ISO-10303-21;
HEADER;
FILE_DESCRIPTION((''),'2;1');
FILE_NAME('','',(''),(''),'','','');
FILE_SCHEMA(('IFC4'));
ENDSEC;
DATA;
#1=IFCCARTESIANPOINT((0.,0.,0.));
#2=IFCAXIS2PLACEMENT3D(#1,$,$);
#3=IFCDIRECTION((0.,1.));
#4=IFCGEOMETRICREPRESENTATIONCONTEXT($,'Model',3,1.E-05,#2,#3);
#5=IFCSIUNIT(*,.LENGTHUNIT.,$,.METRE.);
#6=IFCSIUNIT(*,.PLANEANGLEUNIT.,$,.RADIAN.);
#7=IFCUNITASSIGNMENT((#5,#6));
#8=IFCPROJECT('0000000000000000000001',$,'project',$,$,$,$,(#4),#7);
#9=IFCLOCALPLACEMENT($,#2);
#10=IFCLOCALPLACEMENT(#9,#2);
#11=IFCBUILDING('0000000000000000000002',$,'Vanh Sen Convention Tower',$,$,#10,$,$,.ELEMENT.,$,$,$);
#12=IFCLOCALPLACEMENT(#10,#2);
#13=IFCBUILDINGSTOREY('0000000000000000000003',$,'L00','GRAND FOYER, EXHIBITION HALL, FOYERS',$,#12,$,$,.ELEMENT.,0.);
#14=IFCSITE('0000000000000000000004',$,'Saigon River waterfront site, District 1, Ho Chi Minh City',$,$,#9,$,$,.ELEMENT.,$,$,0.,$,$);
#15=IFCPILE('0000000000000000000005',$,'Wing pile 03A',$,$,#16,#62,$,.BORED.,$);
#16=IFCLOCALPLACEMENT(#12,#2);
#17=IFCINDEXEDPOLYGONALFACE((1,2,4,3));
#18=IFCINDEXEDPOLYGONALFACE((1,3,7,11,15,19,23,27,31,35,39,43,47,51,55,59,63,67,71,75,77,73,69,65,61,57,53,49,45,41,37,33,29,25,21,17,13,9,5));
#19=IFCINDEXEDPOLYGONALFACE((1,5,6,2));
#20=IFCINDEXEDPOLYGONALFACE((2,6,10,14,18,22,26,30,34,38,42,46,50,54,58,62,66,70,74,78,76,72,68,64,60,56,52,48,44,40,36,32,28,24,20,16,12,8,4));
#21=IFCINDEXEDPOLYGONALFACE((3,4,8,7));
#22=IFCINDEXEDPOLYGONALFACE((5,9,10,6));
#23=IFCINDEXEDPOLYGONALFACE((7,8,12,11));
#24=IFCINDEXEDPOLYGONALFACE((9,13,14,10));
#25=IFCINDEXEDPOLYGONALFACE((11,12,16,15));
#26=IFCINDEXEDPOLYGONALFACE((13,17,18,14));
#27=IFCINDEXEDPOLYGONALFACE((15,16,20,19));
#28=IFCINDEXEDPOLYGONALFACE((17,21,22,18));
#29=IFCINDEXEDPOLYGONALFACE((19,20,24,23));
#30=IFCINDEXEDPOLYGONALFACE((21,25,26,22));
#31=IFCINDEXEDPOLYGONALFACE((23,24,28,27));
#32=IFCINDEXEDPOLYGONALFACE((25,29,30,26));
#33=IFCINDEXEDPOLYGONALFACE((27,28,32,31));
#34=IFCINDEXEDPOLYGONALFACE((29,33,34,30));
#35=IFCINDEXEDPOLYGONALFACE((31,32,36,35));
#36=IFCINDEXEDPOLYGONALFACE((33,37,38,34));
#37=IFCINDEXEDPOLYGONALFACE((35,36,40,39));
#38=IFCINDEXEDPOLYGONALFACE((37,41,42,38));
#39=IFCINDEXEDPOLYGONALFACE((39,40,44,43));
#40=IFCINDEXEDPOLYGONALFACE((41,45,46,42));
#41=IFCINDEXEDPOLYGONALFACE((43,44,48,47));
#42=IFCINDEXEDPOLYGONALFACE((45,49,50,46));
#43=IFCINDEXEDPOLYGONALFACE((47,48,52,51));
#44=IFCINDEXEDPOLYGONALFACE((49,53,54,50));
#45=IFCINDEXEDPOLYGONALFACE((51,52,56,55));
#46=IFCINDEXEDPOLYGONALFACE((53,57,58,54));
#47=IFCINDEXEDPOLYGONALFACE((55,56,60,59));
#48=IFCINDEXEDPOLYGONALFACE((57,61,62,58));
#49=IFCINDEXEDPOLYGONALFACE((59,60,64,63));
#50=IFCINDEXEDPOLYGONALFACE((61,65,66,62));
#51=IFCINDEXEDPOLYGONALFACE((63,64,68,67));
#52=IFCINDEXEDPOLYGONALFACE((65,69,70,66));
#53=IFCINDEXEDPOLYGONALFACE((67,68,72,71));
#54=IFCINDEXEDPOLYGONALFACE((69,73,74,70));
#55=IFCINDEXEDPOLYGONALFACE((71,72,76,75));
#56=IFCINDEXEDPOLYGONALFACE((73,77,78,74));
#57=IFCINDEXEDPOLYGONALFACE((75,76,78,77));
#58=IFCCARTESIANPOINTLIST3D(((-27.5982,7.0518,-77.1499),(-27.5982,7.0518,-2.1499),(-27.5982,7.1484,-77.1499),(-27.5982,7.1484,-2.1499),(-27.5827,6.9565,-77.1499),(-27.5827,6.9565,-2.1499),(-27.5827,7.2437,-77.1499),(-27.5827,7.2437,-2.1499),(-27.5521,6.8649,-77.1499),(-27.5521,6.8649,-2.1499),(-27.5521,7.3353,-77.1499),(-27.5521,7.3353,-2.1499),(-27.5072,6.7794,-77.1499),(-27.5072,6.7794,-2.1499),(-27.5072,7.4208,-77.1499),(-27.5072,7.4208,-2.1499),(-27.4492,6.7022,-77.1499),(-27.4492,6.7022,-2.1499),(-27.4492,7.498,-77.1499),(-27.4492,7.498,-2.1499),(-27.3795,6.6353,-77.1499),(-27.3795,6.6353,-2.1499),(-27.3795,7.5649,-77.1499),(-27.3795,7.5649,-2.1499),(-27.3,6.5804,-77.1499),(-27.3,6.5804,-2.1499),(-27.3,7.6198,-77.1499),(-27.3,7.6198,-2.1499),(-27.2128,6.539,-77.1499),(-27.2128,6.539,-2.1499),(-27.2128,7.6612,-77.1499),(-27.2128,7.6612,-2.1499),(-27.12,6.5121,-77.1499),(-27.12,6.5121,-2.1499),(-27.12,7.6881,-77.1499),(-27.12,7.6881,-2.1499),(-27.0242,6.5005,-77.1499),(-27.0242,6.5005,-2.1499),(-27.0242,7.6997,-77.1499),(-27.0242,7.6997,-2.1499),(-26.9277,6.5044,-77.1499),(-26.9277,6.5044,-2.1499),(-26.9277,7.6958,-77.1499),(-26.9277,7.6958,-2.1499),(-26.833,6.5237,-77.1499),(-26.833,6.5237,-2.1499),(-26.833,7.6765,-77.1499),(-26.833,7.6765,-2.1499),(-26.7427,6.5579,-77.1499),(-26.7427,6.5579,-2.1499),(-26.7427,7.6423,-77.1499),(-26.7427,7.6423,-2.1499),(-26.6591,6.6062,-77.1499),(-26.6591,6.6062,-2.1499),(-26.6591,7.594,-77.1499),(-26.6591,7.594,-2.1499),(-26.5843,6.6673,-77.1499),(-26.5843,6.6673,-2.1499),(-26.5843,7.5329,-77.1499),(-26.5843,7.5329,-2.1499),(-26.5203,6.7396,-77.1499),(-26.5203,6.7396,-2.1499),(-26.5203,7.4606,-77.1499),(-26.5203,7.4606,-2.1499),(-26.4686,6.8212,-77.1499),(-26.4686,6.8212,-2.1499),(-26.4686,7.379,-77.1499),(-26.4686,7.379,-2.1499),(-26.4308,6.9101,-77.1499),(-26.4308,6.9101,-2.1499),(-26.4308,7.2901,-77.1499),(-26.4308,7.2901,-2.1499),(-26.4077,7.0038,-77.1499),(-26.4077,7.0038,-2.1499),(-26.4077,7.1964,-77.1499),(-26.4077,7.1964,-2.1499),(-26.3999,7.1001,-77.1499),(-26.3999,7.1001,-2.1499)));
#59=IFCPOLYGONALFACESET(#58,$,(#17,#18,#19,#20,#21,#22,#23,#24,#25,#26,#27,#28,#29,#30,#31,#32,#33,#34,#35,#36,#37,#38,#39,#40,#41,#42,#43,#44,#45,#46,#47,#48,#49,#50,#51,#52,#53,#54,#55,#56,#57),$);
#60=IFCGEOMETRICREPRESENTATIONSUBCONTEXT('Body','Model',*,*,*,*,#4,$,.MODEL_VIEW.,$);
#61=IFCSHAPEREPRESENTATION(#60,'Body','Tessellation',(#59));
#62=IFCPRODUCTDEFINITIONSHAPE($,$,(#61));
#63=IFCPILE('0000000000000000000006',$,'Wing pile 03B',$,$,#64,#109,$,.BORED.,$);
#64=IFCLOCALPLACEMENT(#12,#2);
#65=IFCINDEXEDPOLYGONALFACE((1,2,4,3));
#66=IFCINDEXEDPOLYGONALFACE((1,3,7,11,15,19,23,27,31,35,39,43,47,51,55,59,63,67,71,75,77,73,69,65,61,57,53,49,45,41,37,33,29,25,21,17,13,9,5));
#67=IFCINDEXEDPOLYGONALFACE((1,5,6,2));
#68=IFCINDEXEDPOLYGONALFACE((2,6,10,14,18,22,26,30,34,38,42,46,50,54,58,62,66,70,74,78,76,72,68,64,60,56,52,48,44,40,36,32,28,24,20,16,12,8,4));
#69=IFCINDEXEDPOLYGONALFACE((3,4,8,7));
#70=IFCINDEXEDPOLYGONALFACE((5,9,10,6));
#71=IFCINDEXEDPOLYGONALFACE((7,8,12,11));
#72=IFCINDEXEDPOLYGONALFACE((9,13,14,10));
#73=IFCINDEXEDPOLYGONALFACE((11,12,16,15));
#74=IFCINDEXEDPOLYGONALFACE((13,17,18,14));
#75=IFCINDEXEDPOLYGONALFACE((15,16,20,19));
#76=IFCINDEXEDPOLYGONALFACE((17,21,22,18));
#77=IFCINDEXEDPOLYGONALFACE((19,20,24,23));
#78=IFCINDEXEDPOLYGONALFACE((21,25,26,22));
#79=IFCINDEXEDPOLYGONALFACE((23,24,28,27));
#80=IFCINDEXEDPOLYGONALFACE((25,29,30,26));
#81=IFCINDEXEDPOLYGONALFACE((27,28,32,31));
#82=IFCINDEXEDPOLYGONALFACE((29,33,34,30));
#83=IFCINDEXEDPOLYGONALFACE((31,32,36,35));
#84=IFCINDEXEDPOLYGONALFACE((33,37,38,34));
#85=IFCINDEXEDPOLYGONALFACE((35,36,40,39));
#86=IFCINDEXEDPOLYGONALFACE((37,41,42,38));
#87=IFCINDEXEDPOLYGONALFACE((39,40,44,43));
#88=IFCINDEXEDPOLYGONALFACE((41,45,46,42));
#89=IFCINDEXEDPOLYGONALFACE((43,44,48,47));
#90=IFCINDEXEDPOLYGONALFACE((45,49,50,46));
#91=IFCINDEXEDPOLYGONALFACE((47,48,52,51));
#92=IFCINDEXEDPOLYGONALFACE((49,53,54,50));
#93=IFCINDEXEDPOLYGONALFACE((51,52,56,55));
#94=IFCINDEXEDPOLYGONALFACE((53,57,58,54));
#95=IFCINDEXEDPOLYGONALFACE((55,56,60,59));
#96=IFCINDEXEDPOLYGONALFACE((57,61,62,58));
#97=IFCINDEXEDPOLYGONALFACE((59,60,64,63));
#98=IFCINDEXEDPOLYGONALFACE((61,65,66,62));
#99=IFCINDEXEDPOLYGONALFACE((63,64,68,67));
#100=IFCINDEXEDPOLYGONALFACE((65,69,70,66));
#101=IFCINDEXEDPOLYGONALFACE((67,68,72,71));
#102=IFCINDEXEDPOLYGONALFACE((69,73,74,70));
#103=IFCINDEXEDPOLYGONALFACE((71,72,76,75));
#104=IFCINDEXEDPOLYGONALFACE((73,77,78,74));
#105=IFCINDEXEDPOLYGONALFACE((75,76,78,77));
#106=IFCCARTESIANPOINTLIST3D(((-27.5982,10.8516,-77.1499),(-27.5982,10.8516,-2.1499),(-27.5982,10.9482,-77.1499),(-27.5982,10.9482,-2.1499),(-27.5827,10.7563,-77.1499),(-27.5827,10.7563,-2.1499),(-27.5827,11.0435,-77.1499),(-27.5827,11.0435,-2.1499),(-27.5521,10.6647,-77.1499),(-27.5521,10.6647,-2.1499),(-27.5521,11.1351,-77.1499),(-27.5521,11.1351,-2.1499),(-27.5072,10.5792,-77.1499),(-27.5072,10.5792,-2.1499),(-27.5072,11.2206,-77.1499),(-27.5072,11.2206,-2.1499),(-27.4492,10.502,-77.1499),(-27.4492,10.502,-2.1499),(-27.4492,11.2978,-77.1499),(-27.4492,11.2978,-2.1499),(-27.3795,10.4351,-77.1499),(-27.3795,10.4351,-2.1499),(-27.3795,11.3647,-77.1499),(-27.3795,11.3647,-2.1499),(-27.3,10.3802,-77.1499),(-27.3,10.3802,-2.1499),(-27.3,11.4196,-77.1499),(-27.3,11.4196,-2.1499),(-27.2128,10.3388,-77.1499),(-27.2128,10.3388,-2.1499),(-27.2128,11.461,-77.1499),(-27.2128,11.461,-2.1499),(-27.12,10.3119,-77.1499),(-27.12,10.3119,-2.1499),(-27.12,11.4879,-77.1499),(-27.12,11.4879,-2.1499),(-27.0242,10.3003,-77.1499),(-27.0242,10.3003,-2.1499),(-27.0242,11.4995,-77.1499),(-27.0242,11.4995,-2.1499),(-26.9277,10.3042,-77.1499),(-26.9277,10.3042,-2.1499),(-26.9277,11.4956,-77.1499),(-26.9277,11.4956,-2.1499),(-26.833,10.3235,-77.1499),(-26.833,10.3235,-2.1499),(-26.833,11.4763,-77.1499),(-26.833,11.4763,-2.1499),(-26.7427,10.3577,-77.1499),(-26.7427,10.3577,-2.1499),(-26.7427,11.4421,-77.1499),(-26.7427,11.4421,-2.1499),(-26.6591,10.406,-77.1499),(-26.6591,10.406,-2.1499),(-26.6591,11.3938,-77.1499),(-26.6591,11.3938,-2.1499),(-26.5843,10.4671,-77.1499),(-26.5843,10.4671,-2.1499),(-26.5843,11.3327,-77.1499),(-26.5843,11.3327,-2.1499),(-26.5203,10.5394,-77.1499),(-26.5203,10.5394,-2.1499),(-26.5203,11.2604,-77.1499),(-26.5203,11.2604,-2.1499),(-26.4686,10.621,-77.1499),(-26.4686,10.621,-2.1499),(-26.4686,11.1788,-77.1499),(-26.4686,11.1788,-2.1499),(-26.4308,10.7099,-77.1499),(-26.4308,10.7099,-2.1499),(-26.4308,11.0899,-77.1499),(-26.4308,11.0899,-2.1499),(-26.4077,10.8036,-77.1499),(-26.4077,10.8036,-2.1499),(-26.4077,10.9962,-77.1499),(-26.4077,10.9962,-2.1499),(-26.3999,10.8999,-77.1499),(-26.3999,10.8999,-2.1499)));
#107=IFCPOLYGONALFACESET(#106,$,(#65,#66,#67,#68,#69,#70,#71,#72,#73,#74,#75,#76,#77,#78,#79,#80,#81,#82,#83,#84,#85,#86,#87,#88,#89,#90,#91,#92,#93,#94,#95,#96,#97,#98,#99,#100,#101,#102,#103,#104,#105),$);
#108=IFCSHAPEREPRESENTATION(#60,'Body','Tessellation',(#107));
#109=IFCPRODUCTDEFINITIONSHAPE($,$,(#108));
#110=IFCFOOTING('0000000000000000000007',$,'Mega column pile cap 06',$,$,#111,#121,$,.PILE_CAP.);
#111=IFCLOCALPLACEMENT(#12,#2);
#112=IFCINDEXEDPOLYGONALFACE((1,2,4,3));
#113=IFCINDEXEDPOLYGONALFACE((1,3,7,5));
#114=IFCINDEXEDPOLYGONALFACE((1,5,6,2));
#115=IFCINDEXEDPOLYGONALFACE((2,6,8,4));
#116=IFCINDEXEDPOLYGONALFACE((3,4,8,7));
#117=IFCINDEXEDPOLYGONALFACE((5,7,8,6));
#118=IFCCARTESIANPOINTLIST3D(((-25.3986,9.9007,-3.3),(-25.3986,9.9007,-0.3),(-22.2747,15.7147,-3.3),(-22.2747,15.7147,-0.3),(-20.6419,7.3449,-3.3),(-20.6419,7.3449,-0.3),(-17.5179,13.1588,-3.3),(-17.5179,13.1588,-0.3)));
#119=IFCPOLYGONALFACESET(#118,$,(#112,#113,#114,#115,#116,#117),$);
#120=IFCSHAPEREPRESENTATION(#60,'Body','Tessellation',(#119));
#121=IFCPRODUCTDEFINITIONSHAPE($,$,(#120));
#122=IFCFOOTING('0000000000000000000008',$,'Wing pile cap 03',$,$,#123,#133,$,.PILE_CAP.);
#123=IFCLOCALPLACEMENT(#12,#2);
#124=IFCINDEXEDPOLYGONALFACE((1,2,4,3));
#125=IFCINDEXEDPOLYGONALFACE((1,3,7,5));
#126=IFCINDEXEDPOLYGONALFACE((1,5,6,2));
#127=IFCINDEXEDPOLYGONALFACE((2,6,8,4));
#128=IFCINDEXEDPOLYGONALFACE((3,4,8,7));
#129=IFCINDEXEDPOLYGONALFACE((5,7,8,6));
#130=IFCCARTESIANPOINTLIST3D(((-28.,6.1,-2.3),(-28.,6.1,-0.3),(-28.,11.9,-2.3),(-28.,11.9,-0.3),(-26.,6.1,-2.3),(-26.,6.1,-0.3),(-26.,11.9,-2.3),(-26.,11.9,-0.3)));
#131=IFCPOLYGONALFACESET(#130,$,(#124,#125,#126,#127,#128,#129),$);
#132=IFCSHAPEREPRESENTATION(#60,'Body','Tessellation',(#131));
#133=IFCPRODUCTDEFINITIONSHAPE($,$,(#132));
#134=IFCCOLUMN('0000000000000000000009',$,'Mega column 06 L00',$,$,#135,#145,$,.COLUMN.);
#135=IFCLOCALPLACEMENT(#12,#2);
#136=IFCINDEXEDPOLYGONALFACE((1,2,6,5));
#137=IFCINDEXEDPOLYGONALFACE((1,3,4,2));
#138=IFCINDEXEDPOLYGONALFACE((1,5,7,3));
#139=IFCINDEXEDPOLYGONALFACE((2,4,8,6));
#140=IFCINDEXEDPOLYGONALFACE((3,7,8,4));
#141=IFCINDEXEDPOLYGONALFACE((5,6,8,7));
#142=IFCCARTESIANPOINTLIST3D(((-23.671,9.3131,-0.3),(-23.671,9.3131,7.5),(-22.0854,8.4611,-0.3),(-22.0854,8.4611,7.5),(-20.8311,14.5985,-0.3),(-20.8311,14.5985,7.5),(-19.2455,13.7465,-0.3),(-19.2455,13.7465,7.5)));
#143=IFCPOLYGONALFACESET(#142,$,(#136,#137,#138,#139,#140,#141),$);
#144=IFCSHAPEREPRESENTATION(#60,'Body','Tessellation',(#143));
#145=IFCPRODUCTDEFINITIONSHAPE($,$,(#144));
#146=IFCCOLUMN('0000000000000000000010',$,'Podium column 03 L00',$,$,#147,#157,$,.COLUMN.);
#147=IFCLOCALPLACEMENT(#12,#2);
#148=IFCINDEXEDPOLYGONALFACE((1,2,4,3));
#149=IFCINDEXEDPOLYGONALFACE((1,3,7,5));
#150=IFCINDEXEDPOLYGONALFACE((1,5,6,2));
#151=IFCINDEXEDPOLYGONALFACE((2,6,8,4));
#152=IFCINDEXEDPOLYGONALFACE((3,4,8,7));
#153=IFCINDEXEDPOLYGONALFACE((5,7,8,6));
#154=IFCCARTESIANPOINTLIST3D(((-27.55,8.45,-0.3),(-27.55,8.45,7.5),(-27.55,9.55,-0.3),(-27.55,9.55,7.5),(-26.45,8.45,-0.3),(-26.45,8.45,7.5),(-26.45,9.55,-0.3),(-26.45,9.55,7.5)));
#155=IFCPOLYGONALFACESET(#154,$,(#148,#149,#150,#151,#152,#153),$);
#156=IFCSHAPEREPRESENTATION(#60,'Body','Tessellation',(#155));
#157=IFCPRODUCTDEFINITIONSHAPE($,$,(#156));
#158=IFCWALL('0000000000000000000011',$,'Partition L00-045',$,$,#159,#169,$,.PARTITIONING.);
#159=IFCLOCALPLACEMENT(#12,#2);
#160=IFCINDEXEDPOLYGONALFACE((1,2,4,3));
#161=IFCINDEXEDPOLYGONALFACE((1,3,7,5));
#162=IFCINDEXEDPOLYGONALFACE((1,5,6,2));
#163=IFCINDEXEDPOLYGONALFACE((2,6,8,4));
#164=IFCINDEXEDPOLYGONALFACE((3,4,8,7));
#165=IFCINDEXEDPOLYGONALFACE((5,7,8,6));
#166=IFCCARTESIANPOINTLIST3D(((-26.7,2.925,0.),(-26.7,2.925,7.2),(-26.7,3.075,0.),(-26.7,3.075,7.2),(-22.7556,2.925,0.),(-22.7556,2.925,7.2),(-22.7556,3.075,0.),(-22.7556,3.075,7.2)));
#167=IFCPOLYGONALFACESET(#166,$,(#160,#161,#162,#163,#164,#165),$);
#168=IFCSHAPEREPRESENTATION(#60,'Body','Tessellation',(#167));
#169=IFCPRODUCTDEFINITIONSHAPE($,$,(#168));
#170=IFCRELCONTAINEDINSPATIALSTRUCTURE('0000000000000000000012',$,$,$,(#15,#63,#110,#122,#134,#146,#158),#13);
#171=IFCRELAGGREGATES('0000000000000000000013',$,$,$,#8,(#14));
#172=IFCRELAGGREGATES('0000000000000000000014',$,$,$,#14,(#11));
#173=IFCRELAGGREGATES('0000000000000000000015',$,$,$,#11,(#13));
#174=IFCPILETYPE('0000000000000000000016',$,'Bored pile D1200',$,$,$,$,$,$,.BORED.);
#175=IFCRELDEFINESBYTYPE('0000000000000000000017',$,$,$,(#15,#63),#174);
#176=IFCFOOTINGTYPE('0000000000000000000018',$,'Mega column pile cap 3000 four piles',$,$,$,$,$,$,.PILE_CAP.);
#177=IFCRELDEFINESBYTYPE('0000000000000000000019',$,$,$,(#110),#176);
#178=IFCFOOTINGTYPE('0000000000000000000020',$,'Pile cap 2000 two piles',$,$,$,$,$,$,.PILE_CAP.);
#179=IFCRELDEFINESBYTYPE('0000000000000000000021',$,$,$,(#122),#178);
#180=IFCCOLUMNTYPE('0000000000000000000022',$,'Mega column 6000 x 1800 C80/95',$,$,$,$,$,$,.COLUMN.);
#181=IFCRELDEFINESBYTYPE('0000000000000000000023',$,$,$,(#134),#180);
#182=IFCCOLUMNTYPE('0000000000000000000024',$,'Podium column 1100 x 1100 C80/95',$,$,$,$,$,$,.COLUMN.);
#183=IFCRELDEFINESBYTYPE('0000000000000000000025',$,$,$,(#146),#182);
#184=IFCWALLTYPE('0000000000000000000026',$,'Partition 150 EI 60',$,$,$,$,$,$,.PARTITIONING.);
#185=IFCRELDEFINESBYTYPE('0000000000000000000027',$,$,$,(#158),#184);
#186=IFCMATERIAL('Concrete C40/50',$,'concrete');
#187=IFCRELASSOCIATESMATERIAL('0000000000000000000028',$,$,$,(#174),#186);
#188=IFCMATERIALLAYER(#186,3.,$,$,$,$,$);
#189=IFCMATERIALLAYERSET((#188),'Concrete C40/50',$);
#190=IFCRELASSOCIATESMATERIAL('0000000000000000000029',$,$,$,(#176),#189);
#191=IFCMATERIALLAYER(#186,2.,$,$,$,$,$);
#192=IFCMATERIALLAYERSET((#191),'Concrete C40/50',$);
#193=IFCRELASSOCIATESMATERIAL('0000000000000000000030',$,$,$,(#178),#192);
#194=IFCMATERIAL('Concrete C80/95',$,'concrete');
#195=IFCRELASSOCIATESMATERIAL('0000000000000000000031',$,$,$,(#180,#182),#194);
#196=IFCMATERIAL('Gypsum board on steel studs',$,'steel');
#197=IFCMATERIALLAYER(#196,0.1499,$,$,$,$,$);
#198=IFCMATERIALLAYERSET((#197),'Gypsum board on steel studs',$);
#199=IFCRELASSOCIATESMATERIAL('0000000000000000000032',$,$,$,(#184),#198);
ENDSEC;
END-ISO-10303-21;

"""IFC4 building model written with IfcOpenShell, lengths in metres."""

from ifc_helpers import new_model, si_unit, direction, frame, frame_2d, origin, origin_2d, place, context, subcontext, project, spatial, rectangle, circle, extrude, material, layer, layer_set, material_profile, profile_set, type_object, element, save


model = new_model("IFC4")

# Units and contexts
model_context = context("Model", 3, precision=1e-05, world=origin(), true_north=direction((0.0, 1.0)))
body_context = subcontext(model_context, "Body", "Model", "MODEL_VIEW")
ifc_project = project(units=[si_unit("LENGTHUNIT", "METRE"), si_unit("PLANEANGLEUNIT", "RADIAN")], contexts=[model_context])

# Site, building, storey
site_placement = place(None, origin())
site = spatial("IfcSite", under=ifc_project, at=site_placement, Name="Saigon River waterfront site, District 1, Ho Chi Minh City", CompositionType="ELEMENT", RefElevation=0.0)
building_placement = place(site_placement, origin())
building = spatial("IfcBuilding", under=site, at=building_placement, Name="Vanh Sen Convention Tower", CompositionType="ELEMENT")
storey_placement = place(building_placement, origin())
storey = spatial("IfcBuildingStorey", under=building, at=storey_placement, Name="L00", Description="GRAND FOYER, EXHIBITION HALL, FOYERS", CompositionType="ELEMENT", Elevation=0.0)

# Piles
ifc_material_1 = material(Name="Concrete C40/50", Category="concrete")
ifc_material_profile_1 = material_profile(ifc_material_1, circle(Radius=0.6001, at=origin_2d()), Name="Bored pile D1200")
ifc_profile_set_1 = profile_set([ifc_material_profile_1], Name="Concrete C40/50")
pile_type = type_object("IfcPileType", Name="Bored pile D1200", PredefinedType="BORED", material=ifc_profile_set_1)
for number, where, z_axis, x_axis, name in (
    (1, (-27.0, 7.1001, -2.1499), (0.0, 0.0, -1.0), (1.0, 0.0, 0.0), "Wing pile 03A"),
    (2, (-27.0, 10.8999, -2.1499), (0.0, 0.0, -1.0), (1.0, 0.0, 0.0), "Wing pile 03B"),
):
    element("IfcPile", number, at=place(storey_placement, frame(where, z_axis=z_axis, x_axis=x_axis)), inside=storey, type_object=pile_type, Name=name, PredefinedType="BORED", context=body_context, shape_type="SweptSolid", body=[
        extrude(circle(Radius=0.6001, at=origin_2d()), origin(), (0.0, 0.0, 1.0), 75.0),
    ])

# Footings
ifc_layer_1 = layer(ifc_material_1, 3.0)
ifc_layer_set_1 = layer_set([ifc_layer_1], Name="Concrete C40/50")
footing_type_1 = type_object("IfcFootingType", Name="Mega column pile cap 3000 four piles", PredefinedType="PILE_CAP", material=ifc_layer_set_1)
footing_1_placement = place(storey_placement, frame((-21.4583, 11.5298, -3.3), z_axis=(0.0, 0.0, 1.0), x_axis=(-0.473317, -0.880892, 0.0)))
element("IfcFooting", 3, at=footing_1_placement, inside=storey, type_object=footing_type_1, Name="Mega column pile cap 06", PredefinedType="PILE_CAP", context=body_context, shape_type="SweptSolid", body=[
    extrude(rectangle(XDim=6.6001, YDim=5.3999, at=origin_2d()), origin(), (0.0, 0.0, 1.0), 3.0),
])
ifc_layer_2 = layer(ifc_material_1, 2.0)
ifc_layer_set_2 = layer_set([ifc_layer_2], Name="Concrete C40/50")
footing_type_2 = type_object("IfcFootingType", Name="Pile cap 2000 two piles", PredefinedType="PILE_CAP", material=ifc_layer_set_2)
footing_2_placement = place(storey_placement, frame((-27.0, 9.0, -2.3), z_axis=(0.0, 0.0, 1.0), x_axis=(1.0, 0.0, 0.0)))
element("IfcFooting", 4, at=footing_2_placement, inside=storey, type_object=footing_type_2, Name="Wing pile cap 03", PredefinedType="PILE_CAP", context=body_context, shape_type="SweptSolid", body=[
    extrude(rectangle(XDim=2.0, YDim=5.8, at=origin_2d()), origin(), (0.0, 0.0, 1.0), 2.0),
])

# Columns
ifc_material_2 = material(Name="Concrete C80/95", Category="concrete")
ifc_material_profile_2 = material_profile(ifc_material_2, rectangle(XDim=6.0, YDim=1.8, at=origin_2d()), Name="RC 6000X1800")
ifc_profile_set_2 = profile_set([ifc_material_profile_2], Name="Concrete C80/95")
column_type_1 = type_object("IfcColumnType", Name="Mega column 6000 x 1800 C80/95", PredefinedType="COLUMN", material=ifc_profile_set_2)
column_1_placement = place(storey_placement, frame((-21.4583, 11.5298, -0.3), z_axis=(0.0, 0.0, 1.0), x_axis=(-0.473317, -0.880892, 0.0)))
element("IfcColumn", 5, at=column_1_placement, inside=storey, type_object=column_type_1, Name="Mega column 06 L00", PredefinedType="COLUMN", context=body_context, shape_type="SweptSolid", body=[
    extrude(rectangle(XDim=6.0, YDim=1.8, at=origin_2d()), origin(), (0.0, 0.0, 1.0), 7.8),
])
ifc_material_profile_3 = material_profile(ifc_material_2, rectangle(XDim=1.1001, YDim=1.1001, at=origin_2d()), Name="RC 1100X1100")
ifc_profile_set_3 = profile_set([ifc_material_profile_3], Name="Concrete C80/95")
column_type_2 = type_object("IfcColumnType", Name="Podium column 1100 x 1100 C80/95", PredefinedType="COLUMN", material=ifc_profile_set_3)
column_2_placement = place(storey_placement, frame((-27.0, 9.0, -0.3), z_axis=(0.0, 0.0, 1.0), x_axis=(1.0, 0.0, 0.0)))
element("IfcColumn", 6, at=column_2_placement, inside=storey, type_object=column_type_2, Name="Podium column 03 L00", PredefinedType="COLUMN", context=body_context, shape_type="SweptSolid", body=[
    extrude(rectangle(XDim=1.1001, YDim=1.1001, at=origin_2d()), origin(), (0.0, 0.0, 1.0), 7.8),
])

# Wall
ifc_material_3 = material(Name="Gypsum board on steel studs", Category="steel")
ifc_layer_3 = layer(ifc_material_3, 0.1499)
ifc_layer_set_3 = layer_set([ifc_layer_3], Name="Gypsum board on steel studs")
wall_type_1 = type_object("IfcWallType", Name="Partition 150 EI 60", PredefinedType="PARTITIONING", material=ifc_layer_set_3)
wall_1_placement = place(storey_placement, frame((-22.7556, 3.0, 0.0), z_axis=(0.0, 0.0, 1.0), x_axis=(-1.0, 0.0, 0.0)))
element("IfcWall", 7, at=wall_1_placement, inside=storey, type_object=wall_type_1, Name="Partition L00-045", PredefinedType="PARTITIONING", context=body_context, shape_type="SweptSolid", body=[
    extrude(rectangle(XDim=3.9443, YDim=0.1499, at=frame_2d((1.9722, 0.0))), origin(), (0.0, 0.0, 1.0), 7.2),
])

save(model, "model.ifc")
